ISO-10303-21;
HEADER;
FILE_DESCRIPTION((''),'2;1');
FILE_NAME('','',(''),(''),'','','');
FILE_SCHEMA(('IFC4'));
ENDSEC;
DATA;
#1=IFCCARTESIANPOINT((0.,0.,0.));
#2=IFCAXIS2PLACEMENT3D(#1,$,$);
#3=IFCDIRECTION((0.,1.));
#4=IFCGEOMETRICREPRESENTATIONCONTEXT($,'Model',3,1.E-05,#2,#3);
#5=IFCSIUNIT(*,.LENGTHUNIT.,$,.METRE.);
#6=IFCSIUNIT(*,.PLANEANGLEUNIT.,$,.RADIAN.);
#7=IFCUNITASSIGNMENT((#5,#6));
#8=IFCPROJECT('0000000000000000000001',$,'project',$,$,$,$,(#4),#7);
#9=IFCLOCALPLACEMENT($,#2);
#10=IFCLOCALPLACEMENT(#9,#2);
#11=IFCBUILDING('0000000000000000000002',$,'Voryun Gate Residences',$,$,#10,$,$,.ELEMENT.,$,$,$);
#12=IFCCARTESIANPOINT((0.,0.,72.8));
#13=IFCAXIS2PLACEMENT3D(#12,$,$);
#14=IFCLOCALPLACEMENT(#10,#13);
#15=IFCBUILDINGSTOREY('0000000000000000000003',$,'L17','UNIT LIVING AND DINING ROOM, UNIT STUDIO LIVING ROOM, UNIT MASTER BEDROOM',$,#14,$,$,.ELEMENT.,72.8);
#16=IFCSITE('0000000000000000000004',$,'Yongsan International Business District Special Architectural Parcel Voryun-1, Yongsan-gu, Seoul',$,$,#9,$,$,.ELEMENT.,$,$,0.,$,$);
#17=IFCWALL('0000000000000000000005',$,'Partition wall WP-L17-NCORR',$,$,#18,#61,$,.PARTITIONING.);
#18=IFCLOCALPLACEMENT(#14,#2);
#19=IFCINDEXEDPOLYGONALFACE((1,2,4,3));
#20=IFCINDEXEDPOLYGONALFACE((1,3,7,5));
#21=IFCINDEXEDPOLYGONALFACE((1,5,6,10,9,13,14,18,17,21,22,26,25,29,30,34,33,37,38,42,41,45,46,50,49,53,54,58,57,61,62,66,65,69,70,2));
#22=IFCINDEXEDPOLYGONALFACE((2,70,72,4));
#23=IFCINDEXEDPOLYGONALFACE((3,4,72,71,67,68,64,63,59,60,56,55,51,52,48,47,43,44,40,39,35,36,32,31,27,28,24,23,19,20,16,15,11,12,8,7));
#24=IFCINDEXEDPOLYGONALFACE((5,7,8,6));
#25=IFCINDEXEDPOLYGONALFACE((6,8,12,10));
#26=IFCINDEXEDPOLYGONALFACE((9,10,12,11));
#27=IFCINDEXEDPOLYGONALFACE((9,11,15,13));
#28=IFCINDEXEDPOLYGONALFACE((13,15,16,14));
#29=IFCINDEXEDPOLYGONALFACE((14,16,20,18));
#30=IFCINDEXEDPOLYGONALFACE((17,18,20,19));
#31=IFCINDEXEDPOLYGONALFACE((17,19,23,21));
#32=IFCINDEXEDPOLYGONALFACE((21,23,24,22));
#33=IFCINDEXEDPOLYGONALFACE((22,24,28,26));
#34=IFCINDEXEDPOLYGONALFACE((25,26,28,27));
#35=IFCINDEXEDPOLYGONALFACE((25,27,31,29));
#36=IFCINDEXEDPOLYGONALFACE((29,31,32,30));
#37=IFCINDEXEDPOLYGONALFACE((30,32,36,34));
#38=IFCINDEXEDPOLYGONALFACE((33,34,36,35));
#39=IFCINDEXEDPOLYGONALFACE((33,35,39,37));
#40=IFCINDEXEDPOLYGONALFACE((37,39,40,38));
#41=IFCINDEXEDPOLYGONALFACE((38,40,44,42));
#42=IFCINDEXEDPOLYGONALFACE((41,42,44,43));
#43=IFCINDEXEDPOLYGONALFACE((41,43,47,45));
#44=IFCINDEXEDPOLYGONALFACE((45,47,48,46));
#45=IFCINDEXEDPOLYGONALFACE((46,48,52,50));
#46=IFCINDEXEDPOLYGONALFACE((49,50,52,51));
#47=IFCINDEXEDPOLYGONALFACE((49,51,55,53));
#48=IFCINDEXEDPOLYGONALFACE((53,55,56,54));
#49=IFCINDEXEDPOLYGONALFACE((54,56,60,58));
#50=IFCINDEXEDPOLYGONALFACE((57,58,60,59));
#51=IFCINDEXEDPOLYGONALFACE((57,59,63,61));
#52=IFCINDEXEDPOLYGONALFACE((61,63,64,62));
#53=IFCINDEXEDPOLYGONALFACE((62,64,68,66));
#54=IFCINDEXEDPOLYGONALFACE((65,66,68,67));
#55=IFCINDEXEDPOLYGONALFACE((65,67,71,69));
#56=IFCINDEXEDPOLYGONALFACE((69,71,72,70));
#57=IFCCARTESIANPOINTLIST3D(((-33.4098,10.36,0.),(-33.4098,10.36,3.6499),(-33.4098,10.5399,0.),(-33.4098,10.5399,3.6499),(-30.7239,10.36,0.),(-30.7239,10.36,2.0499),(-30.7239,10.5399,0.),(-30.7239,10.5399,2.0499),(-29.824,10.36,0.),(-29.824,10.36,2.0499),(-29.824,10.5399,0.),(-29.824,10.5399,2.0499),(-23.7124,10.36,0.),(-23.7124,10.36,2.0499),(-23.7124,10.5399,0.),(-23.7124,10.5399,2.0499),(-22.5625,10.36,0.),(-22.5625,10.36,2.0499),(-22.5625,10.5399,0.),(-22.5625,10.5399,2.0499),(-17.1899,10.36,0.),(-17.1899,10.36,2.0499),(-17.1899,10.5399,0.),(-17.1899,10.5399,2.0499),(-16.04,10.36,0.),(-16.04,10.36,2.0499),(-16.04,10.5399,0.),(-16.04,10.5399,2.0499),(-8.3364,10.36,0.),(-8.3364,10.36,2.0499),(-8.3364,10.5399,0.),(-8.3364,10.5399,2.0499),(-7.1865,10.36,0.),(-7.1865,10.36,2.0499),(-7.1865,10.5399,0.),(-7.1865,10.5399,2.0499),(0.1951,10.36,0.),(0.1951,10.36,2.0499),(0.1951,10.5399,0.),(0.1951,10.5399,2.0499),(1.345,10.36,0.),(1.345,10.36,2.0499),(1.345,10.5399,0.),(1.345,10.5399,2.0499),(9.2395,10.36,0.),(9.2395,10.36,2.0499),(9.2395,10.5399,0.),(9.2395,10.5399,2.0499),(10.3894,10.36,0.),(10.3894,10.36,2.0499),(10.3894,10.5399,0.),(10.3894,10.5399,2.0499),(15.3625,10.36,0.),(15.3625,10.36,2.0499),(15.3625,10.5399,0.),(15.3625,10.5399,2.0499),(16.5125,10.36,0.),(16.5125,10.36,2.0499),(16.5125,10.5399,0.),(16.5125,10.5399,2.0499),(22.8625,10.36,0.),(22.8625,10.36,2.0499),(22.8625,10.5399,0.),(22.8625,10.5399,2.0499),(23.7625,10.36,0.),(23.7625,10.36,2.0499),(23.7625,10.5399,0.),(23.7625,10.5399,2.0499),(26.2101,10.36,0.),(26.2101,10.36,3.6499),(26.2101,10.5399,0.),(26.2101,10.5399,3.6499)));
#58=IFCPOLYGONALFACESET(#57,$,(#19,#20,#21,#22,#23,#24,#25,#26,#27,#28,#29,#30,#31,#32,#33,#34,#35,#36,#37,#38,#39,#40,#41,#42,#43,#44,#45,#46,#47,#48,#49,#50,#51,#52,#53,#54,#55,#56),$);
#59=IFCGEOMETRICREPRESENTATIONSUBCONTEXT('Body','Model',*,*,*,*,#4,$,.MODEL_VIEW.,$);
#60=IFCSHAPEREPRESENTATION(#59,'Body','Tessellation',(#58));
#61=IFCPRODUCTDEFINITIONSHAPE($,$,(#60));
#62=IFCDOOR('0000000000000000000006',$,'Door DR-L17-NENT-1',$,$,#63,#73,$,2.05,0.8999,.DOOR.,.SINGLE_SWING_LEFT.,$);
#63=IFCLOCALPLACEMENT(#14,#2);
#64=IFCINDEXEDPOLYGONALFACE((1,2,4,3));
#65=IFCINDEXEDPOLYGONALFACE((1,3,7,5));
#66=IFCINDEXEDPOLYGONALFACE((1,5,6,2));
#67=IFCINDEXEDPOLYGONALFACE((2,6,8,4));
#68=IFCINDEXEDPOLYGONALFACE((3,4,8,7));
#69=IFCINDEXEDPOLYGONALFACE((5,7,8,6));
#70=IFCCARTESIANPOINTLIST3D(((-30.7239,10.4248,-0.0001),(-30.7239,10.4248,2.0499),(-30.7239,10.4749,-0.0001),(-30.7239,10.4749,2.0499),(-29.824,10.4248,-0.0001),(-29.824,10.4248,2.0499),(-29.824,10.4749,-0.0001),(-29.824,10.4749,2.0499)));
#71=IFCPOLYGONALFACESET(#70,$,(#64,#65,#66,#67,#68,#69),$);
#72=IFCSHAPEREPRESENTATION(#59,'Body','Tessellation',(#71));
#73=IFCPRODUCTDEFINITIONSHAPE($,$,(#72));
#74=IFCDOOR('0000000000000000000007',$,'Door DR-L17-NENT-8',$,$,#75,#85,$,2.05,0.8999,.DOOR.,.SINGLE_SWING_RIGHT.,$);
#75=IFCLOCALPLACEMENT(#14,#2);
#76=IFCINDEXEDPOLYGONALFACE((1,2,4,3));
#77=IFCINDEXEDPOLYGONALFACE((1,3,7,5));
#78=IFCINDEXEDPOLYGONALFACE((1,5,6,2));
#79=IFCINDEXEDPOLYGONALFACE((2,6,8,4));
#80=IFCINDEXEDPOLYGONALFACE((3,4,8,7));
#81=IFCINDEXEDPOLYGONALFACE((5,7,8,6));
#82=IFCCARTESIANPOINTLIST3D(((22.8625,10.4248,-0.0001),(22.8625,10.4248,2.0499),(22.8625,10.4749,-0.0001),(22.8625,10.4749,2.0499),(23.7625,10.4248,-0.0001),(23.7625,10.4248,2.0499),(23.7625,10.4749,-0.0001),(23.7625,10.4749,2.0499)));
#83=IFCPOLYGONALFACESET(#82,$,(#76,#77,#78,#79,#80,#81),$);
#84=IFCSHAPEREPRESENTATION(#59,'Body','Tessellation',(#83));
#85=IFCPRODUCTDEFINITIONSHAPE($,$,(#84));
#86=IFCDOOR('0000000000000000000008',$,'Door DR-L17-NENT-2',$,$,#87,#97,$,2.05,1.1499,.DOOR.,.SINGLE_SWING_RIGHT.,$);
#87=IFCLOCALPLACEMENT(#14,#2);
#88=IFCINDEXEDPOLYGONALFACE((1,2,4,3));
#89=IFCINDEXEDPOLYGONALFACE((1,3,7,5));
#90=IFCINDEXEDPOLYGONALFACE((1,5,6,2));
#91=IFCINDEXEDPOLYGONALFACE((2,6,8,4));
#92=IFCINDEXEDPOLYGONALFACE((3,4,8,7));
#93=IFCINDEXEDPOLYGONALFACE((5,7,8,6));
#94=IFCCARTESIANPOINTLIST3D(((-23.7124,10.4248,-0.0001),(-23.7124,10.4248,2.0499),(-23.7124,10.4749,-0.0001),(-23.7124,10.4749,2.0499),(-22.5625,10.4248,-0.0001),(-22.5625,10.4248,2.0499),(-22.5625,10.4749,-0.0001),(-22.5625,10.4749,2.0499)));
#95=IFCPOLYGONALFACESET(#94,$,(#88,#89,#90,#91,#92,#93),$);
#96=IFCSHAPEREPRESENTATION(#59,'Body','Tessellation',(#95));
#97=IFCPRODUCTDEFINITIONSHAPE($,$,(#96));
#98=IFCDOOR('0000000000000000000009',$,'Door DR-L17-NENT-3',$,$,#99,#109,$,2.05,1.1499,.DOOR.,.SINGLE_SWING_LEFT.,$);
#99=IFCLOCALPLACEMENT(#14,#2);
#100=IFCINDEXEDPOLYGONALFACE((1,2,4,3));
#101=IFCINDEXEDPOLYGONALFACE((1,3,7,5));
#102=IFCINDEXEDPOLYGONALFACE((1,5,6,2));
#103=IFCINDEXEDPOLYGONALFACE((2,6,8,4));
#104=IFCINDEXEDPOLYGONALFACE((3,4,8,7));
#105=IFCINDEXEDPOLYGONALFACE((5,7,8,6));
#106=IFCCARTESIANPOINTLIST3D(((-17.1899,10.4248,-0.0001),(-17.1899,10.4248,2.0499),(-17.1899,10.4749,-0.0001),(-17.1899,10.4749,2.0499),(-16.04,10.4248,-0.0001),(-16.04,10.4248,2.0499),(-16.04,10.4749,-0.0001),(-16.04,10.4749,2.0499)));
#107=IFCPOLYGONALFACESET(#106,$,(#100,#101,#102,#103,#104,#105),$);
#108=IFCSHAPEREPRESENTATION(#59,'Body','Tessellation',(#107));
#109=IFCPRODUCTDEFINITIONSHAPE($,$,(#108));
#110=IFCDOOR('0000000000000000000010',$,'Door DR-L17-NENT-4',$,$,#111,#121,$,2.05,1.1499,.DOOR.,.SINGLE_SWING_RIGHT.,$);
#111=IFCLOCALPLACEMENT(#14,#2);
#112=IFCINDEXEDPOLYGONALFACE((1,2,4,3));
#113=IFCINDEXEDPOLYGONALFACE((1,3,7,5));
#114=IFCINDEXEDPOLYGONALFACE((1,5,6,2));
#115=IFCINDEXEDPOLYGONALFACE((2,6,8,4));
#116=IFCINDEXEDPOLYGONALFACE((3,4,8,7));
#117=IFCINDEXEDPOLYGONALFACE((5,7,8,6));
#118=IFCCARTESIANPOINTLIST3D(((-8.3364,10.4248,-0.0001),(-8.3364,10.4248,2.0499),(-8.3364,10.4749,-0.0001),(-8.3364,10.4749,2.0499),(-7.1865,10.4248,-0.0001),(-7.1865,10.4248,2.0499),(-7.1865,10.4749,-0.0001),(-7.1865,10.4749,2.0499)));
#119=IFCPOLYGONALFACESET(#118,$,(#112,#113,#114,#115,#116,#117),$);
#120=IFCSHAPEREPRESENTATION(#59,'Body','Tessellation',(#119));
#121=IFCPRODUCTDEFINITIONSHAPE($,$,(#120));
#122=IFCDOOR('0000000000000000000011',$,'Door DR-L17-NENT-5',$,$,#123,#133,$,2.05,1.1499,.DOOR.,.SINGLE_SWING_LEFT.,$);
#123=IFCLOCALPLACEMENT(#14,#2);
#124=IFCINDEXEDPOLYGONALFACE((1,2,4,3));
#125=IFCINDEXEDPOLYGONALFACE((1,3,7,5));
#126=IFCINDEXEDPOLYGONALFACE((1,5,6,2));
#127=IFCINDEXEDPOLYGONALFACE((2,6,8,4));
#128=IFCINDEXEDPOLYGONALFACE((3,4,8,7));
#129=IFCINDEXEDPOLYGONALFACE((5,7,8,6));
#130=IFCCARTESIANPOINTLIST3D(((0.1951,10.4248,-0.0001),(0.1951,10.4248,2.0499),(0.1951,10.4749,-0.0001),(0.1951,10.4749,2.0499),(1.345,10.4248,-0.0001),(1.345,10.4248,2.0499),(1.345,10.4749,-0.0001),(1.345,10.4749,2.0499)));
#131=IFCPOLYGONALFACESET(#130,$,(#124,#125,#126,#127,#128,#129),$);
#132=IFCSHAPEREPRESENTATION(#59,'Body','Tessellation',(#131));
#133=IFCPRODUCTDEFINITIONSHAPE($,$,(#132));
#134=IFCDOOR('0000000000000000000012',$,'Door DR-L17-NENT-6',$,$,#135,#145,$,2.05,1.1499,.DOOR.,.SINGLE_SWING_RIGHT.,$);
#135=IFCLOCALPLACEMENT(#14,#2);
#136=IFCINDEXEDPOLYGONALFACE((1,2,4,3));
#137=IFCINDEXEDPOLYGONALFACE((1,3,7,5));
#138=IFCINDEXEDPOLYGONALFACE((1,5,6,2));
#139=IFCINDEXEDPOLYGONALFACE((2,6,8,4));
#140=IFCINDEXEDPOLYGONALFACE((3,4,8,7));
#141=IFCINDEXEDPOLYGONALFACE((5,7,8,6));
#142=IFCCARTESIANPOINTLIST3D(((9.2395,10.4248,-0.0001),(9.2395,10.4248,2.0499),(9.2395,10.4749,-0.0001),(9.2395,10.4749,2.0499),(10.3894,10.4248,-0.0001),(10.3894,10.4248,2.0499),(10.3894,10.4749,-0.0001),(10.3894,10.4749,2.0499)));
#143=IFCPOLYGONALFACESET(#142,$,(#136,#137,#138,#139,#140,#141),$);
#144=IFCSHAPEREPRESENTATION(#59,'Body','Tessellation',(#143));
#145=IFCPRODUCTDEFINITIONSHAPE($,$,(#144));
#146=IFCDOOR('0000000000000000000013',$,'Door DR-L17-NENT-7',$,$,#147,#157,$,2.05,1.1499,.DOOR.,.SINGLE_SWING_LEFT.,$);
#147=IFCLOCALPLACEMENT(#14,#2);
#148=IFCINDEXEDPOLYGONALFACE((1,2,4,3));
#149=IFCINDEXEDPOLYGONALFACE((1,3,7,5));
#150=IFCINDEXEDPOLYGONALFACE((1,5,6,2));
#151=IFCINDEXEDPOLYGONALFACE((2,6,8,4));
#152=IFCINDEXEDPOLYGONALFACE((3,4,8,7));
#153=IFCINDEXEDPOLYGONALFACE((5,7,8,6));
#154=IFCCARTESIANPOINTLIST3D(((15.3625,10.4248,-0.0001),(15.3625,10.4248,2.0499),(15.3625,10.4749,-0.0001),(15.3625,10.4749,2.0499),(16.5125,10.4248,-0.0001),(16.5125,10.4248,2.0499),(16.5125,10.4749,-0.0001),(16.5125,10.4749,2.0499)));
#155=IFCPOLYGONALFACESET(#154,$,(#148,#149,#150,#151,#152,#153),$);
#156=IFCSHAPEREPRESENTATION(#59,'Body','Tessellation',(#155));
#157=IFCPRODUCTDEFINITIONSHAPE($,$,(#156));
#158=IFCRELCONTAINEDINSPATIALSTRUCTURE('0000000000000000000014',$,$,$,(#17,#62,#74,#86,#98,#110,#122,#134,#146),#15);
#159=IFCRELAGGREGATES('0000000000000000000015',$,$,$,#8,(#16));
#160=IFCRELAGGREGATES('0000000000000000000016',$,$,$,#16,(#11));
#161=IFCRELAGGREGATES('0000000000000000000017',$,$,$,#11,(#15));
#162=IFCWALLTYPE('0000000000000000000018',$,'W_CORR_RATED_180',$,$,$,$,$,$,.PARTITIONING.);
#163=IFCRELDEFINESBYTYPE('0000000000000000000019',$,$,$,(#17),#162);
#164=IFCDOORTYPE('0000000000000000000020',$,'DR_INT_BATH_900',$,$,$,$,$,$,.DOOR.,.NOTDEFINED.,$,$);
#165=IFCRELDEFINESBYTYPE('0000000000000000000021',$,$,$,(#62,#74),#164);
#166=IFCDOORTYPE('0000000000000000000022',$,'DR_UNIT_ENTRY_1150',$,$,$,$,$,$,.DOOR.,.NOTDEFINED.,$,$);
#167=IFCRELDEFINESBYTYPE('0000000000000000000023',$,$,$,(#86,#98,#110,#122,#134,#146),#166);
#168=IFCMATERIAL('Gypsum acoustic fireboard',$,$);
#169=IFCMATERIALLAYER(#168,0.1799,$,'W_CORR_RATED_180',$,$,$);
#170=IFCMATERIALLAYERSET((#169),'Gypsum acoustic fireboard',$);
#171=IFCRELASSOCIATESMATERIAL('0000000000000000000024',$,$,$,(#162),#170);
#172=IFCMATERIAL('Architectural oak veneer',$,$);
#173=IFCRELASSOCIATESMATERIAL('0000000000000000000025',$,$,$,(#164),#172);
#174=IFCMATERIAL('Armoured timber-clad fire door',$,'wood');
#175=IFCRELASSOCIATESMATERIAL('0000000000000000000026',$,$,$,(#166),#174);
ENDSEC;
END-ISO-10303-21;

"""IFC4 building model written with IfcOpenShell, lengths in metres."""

from ifc_helpers import new_model, si_unit, direction, frame, frame_2d, origin, place, context, subcontext, project, spatial, rectangle, extrude, material, layer, layer_set, type_object, element, fill, save


model = new_model("IFC4")

# Units and contexts
model_context = context("Model", 3, precision=1e-05, world=origin(), true_north=direction((0.0, 1.0)))
body_context = subcontext(model_context, "Body", "Model", "MODEL_VIEW")
ifc_project = project(units=[si_unit("LENGTHUNIT", "METRE"), si_unit("PLANEANGLEUNIT", "RADIAN")], contexts=[model_context])

# Site, building, storey
site_placement = place(None, origin())
site = spatial("IfcSite", under=ifc_project, at=site_placement, Name="Yongsan International Business District Special Architectural Parcel Voryun-1, Yongsan-gu, Seoul", CompositionType="ELEMENT", RefElevation=0.0)
building_placement = place(site_placement, origin())
building = spatial("IfcBuilding", under=site, at=building_placement, Name="Voryun Gate Residences", CompositionType="ELEMENT")
storey_placement = place(building_placement, frame((0.0, 0.0, 72.8)))
storey = spatial("IfcBuildingStorey", under=building, at=storey_placement, Name="L17", Description="UNIT LIVING AND DINING ROOM, UNIT STUDIO LIVING ROOM, UNIT MASTER BEDROOM", CompositionType="ELEMENT", Elevation=72.8)

# Wall, openings, doors
ifc_material_1 = material(Name="Gypsum acoustic fireboard")
ifc_layer_1 = layer(ifc_material_1, 0.1799, Name="W_CORR_RATED_180")
ifc_layer_set_1 = layer_set([ifc_layer_1], Name="Gypsum acoustic fireboard")
wall_type_1 = type_object("IfcWallType", Name="W_CORR_RATED_180", PredefinedType="PARTITIONING", material=ifc_layer_set_1)
wall_1_placement = place(storey_placement, frame((-33.4099, 10.45, 0.0), z_axis=(0.0, 0.0, 1.0), x_axis=(1.0, 0.0, 0.0)))
wall_1 = element("IfcWall", 1, at=wall_1_placement, inside=storey, type_object=wall_type_1, Name="Partition wall WP-L17-NCORR", PredefinedType="PARTITIONING", context=body_context, shape_type="SweptSolid", body=[
    extrude(rectangle(XDim=59.6199, YDim=0.1799, at=frame_2d((29.8101, 0.0))), origin(), (0.0, 0.0, 1.0), 3.6499),
])
opening_1_placement = place(wall_1_placement, frame((2.686, 0.0, 0.0)))
opening_1 = element("IfcOpeningElement", 2, at=opening_1_placement, cuts=wall_1, PredefinedType="OPENING", context=body_context, shape_type="SweptSolid", body=[
    extrude(rectangle(XDim=0.8999, YDim=2.05, at=frame_2d((0.45, 1.0249))), frame((0.0, 0.0999, 0.0), z_axis=(0.0, -1.0, 0.0), x_axis=(1.0, 0.0, 0.0)), (0.0, 0.0, 1.0), 0.2),
])
opening_2_placement = place(wall_1_placement, frame((9.6975, 0.0, 0.0)))
opening_2 = element("IfcOpeningElement", 3, at=opening_2_placement, cuts=wall_1, PredefinedType="OPENING", context=body_context, shape_type="SweptSolid", body=[
    extrude(rectangle(XDim=1.1499, YDim=2.05, at=frame_2d((0.575, 1.0249))), frame((0.0, 0.0999, 0.0), z_axis=(0.0, -1.0, 0.0), x_axis=(1.0, 0.0, 0.0)), (0.0, 0.0, 1.0), 0.2),
])
opening_3_placement = place(wall_1_placement, frame((16.22, 0.0, 0.0)))
opening_3 = element("IfcOpeningElement", 4, at=opening_3_placement, cuts=wall_1, PredefinedType="OPENING", context=body_context, shape_type="SweptSolid", body=[
    extrude(rectangle(XDim=1.1499, YDim=2.05, at=frame_2d((0.575, 1.0249))), frame((0.0, 0.0999, 0.0), z_axis=(0.0, -1.0, 0.0), x_axis=(1.0, 0.0, 0.0)), (0.0, 0.0, 1.0), 0.2),
])
opening_4_placement = place(wall_1_placement, frame((25.0735, 0.0, 0.0)))
opening_4 = element("IfcOpeningElement", 5, at=opening_4_placement, cuts=wall_1, PredefinedType="OPENING", context=body_context, shape_type="SweptSolid", body=[
    extrude(rectangle(XDim=1.1499, YDim=2.05, at=frame_2d((0.575, 1.0249))), frame((0.0, 0.0999, 0.0), z_axis=(0.0, -1.0, 0.0), x_axis=(1.0, 0.0, 0.0)), (0.0, 0.0, 1.0), 0.2),
])
opening_5_placement = place(wall_1_placement, frame((33.605, 0.0, 0.0)))
opening_5 = element("IfcOpeningElement", 6, at=opening_5_placement, cuts=wall_1, PredefinedType="OPENING", context=body_context, shape_type="SweptSolid", body=[
    extrude(rectangle(XDim=1.1499, YDim=2.05, at=frame_2d((0.575, 1.0249))), frame((0.0, 0.0999, 0.0), z_axis=(0.0, -1.0, 0.0), x_axis=(1.0, 0.0, 0.0)), (0.0, 0.0, 1.0), 0.2),
])
opening_6_placement = place(wall_1_placement, frame((42.6494, 0.0, 0.0)))
opening_6 = element("IfcOpeningElement", 7, at=opening_6_placement, cuts=wall_1, PredefinedType="OPENING", context=body_context, shape_type="SweptSolid", body=[
    extrude(rectangle(XDim=1.1499, YDim=2.05, at=frame_2d((0.575, 1.0249))), frame((0.0, 0.0999, 0.0), z_axis=(0.0, -1.0, 0.0), x_axis=(1.0, 0.0, 0.0)), (0.0, 0.0, 1.0), 0.2),
])
opening_7_placement = place(wall_1_placement, frame((48.7725, 0.0, 0.0)))
opening_7 = element("IfcOpeningElement", 8, at=opening_7_placement, cuts=wall_1, PredefinedType="OPENING", context=body_context, shape_type="SweptSolid", body=[
    extrude(rectangle(XDim=1.1499, YDim=2.05, at=frame_2d((0.575, 1.0249))), frame((0.0, 0.0999, 0.0), z_axis=(0.0, -1.0, 0.0), x_axis=(1.0, 0.0, 0.0)), (0.0, 0.0, 1.0), 0.2),
])
opening_8_placement = place(wall_1_placement, frame((56.2725, 0.0, 0.0)))
opening_8 = element("IfcOpeningElement", 9, at=opening_8_placement, cuts=wall_1, PredefinedType="OPENING", context=body_context, shape_type="SweptSolid", body=[
    extrude(rectangle(XDim=0.8999, YDim=2.05, at=frame_2d((0.45, 1.0249))), frame((0.0, 0.0999, 0.0), z_axis=(0.0, -1.0, 0.0), x_axis=(1.0, 0.0, 0.0)), (0.0, 0.0, 1.0), 0.2),
])
ifc_material_2 = material(Name="Architectural oak veneer")
door_type_1 = type_object("IfcDoorType", Name="DR_INT_BATH_900", OperationType="NOTDEFINED", PredefinedType="DOOR", material=ifc_material_2)
door_1_placement = place(opening_1_placement, origin())
door_1 = element("IfcDoor", 10, at=door_1_placement, inside=storey, type_object=door_type_1, Name="Door DR-L17-NENT-1", OperationType="SINGLE_SWING_LEFT", OverallHeight=2.05, OverallWidth=0.8999, PredefinedType="DOOR", context=body_context, shape_type="SweptSolid", body=[
    extrude(rectangle(XDim=0.8999, YDim=2.05, at=frame_2d((0.45, 1.0249))), frame((0.0, 0.0249, 0.0), z_axis=(0.0, -1.0, 0.0), x_axis=(1.0, 0.0, 0.0)), (0.0, 0.0, 1.0), 0.05),
])
fill(opening_1, door_1)
door_2_placement = place(opening_8_placement, origin())
door_2 = element("IfcDoor", 11, at=door_2_placement, inside=storey, type_object=door_type_1, Name="Door DR-L17-NENT-8", OperationType="SINGLE_SWING_RIGHT", OverallHeight=2.05, OverallWidth=0.8999, PredefinedType="DOOR", context=body_context, shape_type="SweptSolid", body=[
    extrude(rectangle(XDim=0.8999, YDim=2.05, at=frame_2d((0.45, 1.0249))), frame((0.0, 0.0249, 0.0), z_axis=(0.0, -1.0, 0.0), x_axis=(1.0, 0.0, 0.0)), (0.0, 0.0, 1.0), 0.05),
])
fill(opening_8, door_2)
ifc_material_3 = material(Name="Armoured timber-clad fire door", Category="wood")
door_type_2 = type_object("IfcDoorType", Name="DR_UNIT_ENTRY_1150", OperationType="NOTDEFINED", PredefinedType="DOOR", material=ifc_material_3)
door_3_placement = place(opening_2_placement, origin())
door_3 = element("IfcDoor", 12, at=door_3_placement, inside=storey, type_object=door_type_2, Name="Door DR-L17-NENT-2", OperationType="SINGLE_SWING_RIGHT", OverallHeight=2.05, OverallWidth=1.1499, PredefinedType="DOOR", context=body_context, shape_type="SweptSolid", body=[
    extrude(rectangle(XDim=1.1499, YDim=2.05, at=frame_2d((0.575, 1.0249))), frame((0.0, 0.0249, 0.0), z_axis=(0.0, -1.0, 0.0), x_axis=(1.0, 0.0, 0.0)), (0.0, 0.0, 1.0), 0.05),
])
fill(opening_2, door_3)
door_4_placement = place(opening_3_placement, origin())
door_4 = element("IfcDoor", 13, at=door_4_placement, inside=storey, type_object=door_type_2, Name="Door DR-L17-NENT-3", OperationType="SINGLE_SWING_LEFT", OverallHeight=2.05, OverallWidth=1.1499, PredefinedType="DOOR", context=body_context, shape_type="SweptSolid", body=[
    extrude(rectangle(XDim=1.1499, YDim=2.05, at=frame_2d((0.575, 1.0249))), frame((0.0, 0.0249, 0.0), z_axis=(0.0, -1.0, 0.0), x_axis=(1.0, 0.0, 0.0)), (0.0, 0.0, 1.0), 0.05),
])
fill(opening_3, door_4)
door_5_placement = place(opening_4_placement, origin())
door_5 = element("IfcDoor", 14, at=door_5_placement, inside=storey, type_object=door_type_2, Name="Door DR-L17-NENT-4", OperationType="SINGLE_SWING_RIGHT", OverallHeight=2.05, OverallWidth=1.1499, PredefinedType="DOOR", context=body_context, shape_type="SweptSolid", body=[
    extrude(rectangle(XDim=1.1499, YDim=2.05, at=frame_2d((0.575, 1.0249))), frame((0.0, 0.0249, 0.0), z_axis=(0.0, -1.0, 0.0), x_axis=(1.0, 0.0, 0.0)), (0.0, 0.0, 1.0), 0.05),
])
fill(opening_4, door_5)
door_6_placement = place(opening_5_placement, origin())
door_6 = element("IfcDoor", 15, at=door_6_placement, inside=storey, type_object=door_type_2, Name="Door DR-L17-NENT-5", OperationType="SINGLE_SWING_LEFT", OverallHeight=2.05, OverallWidth=1.1499, PredefinedType="DOOR", context=body_context, shape_type="SweptSolid", body=[
    extrude(rectangle(XDim=1.1499, YDim=2.05, at=frame_2d((0.575, 1.0249))), frame((0.0, 0.0249, 0.0), z_axis=(0.0, -1.0, 0.0), x_axis=(1.0, 0.0, 0.0)), (0.0, 0.0, 1.0), 0.05),
])
fill(opening_5, door_6)
door_7_placement = place(opening_6_placement, origin())
door_7 = element("IfcDoor", 16, at=door_7_placement, inside=storey, type_object=door_type_2, Name="Door DR-L17-NENT-6", OperationType="SINGLE_SWING_RIGHT", OverallHeight=2.05, OverallWidth=1.1499, PredefinedType="DOOR", context=body_context, shape_type="SweptSolid", body=[
    extrude(rectangle(XDim=1.1499, YDim=2.05, at=frame_2d((0.575, 1.0249))), frame((0.0, 0.0249, 0.0), z_axis=(0.0, -1.0, 0.0), x_axis=(1.0, 0.0, 0.0)), (0.0, 0.0, 1.0), 0.05),
])
fill(opening_6, door_7)
door_8_placement = place(opening_7_placement, origin())
door_8 = element("IfcDoor", 17, at=door_8_placement, inside=storey, type_object=door_type_2, Name="Door DR-L17-NENT-7", OperationType="SINGLE_SWING_LEFT", OverallHeight=2.05, OverallWidth=1.1499, PredefinedType="DOOR", context=body_context, shape_type="SweptSolid", body=[
    extrude(rectangle(XDim=1.1499, YDim=2.05, at=frame_2d((0.575, 1.0249))), frame((0.0, 0.0249, 0.0), z_axis=(0.0, -1.0, 0.0), x_axis=(1.0, 0.0, 0.0)), (0.0, 0.0, 1.0), 0.05),
])
fill(opening_7, door_8)

save(model, "model.ifc")
